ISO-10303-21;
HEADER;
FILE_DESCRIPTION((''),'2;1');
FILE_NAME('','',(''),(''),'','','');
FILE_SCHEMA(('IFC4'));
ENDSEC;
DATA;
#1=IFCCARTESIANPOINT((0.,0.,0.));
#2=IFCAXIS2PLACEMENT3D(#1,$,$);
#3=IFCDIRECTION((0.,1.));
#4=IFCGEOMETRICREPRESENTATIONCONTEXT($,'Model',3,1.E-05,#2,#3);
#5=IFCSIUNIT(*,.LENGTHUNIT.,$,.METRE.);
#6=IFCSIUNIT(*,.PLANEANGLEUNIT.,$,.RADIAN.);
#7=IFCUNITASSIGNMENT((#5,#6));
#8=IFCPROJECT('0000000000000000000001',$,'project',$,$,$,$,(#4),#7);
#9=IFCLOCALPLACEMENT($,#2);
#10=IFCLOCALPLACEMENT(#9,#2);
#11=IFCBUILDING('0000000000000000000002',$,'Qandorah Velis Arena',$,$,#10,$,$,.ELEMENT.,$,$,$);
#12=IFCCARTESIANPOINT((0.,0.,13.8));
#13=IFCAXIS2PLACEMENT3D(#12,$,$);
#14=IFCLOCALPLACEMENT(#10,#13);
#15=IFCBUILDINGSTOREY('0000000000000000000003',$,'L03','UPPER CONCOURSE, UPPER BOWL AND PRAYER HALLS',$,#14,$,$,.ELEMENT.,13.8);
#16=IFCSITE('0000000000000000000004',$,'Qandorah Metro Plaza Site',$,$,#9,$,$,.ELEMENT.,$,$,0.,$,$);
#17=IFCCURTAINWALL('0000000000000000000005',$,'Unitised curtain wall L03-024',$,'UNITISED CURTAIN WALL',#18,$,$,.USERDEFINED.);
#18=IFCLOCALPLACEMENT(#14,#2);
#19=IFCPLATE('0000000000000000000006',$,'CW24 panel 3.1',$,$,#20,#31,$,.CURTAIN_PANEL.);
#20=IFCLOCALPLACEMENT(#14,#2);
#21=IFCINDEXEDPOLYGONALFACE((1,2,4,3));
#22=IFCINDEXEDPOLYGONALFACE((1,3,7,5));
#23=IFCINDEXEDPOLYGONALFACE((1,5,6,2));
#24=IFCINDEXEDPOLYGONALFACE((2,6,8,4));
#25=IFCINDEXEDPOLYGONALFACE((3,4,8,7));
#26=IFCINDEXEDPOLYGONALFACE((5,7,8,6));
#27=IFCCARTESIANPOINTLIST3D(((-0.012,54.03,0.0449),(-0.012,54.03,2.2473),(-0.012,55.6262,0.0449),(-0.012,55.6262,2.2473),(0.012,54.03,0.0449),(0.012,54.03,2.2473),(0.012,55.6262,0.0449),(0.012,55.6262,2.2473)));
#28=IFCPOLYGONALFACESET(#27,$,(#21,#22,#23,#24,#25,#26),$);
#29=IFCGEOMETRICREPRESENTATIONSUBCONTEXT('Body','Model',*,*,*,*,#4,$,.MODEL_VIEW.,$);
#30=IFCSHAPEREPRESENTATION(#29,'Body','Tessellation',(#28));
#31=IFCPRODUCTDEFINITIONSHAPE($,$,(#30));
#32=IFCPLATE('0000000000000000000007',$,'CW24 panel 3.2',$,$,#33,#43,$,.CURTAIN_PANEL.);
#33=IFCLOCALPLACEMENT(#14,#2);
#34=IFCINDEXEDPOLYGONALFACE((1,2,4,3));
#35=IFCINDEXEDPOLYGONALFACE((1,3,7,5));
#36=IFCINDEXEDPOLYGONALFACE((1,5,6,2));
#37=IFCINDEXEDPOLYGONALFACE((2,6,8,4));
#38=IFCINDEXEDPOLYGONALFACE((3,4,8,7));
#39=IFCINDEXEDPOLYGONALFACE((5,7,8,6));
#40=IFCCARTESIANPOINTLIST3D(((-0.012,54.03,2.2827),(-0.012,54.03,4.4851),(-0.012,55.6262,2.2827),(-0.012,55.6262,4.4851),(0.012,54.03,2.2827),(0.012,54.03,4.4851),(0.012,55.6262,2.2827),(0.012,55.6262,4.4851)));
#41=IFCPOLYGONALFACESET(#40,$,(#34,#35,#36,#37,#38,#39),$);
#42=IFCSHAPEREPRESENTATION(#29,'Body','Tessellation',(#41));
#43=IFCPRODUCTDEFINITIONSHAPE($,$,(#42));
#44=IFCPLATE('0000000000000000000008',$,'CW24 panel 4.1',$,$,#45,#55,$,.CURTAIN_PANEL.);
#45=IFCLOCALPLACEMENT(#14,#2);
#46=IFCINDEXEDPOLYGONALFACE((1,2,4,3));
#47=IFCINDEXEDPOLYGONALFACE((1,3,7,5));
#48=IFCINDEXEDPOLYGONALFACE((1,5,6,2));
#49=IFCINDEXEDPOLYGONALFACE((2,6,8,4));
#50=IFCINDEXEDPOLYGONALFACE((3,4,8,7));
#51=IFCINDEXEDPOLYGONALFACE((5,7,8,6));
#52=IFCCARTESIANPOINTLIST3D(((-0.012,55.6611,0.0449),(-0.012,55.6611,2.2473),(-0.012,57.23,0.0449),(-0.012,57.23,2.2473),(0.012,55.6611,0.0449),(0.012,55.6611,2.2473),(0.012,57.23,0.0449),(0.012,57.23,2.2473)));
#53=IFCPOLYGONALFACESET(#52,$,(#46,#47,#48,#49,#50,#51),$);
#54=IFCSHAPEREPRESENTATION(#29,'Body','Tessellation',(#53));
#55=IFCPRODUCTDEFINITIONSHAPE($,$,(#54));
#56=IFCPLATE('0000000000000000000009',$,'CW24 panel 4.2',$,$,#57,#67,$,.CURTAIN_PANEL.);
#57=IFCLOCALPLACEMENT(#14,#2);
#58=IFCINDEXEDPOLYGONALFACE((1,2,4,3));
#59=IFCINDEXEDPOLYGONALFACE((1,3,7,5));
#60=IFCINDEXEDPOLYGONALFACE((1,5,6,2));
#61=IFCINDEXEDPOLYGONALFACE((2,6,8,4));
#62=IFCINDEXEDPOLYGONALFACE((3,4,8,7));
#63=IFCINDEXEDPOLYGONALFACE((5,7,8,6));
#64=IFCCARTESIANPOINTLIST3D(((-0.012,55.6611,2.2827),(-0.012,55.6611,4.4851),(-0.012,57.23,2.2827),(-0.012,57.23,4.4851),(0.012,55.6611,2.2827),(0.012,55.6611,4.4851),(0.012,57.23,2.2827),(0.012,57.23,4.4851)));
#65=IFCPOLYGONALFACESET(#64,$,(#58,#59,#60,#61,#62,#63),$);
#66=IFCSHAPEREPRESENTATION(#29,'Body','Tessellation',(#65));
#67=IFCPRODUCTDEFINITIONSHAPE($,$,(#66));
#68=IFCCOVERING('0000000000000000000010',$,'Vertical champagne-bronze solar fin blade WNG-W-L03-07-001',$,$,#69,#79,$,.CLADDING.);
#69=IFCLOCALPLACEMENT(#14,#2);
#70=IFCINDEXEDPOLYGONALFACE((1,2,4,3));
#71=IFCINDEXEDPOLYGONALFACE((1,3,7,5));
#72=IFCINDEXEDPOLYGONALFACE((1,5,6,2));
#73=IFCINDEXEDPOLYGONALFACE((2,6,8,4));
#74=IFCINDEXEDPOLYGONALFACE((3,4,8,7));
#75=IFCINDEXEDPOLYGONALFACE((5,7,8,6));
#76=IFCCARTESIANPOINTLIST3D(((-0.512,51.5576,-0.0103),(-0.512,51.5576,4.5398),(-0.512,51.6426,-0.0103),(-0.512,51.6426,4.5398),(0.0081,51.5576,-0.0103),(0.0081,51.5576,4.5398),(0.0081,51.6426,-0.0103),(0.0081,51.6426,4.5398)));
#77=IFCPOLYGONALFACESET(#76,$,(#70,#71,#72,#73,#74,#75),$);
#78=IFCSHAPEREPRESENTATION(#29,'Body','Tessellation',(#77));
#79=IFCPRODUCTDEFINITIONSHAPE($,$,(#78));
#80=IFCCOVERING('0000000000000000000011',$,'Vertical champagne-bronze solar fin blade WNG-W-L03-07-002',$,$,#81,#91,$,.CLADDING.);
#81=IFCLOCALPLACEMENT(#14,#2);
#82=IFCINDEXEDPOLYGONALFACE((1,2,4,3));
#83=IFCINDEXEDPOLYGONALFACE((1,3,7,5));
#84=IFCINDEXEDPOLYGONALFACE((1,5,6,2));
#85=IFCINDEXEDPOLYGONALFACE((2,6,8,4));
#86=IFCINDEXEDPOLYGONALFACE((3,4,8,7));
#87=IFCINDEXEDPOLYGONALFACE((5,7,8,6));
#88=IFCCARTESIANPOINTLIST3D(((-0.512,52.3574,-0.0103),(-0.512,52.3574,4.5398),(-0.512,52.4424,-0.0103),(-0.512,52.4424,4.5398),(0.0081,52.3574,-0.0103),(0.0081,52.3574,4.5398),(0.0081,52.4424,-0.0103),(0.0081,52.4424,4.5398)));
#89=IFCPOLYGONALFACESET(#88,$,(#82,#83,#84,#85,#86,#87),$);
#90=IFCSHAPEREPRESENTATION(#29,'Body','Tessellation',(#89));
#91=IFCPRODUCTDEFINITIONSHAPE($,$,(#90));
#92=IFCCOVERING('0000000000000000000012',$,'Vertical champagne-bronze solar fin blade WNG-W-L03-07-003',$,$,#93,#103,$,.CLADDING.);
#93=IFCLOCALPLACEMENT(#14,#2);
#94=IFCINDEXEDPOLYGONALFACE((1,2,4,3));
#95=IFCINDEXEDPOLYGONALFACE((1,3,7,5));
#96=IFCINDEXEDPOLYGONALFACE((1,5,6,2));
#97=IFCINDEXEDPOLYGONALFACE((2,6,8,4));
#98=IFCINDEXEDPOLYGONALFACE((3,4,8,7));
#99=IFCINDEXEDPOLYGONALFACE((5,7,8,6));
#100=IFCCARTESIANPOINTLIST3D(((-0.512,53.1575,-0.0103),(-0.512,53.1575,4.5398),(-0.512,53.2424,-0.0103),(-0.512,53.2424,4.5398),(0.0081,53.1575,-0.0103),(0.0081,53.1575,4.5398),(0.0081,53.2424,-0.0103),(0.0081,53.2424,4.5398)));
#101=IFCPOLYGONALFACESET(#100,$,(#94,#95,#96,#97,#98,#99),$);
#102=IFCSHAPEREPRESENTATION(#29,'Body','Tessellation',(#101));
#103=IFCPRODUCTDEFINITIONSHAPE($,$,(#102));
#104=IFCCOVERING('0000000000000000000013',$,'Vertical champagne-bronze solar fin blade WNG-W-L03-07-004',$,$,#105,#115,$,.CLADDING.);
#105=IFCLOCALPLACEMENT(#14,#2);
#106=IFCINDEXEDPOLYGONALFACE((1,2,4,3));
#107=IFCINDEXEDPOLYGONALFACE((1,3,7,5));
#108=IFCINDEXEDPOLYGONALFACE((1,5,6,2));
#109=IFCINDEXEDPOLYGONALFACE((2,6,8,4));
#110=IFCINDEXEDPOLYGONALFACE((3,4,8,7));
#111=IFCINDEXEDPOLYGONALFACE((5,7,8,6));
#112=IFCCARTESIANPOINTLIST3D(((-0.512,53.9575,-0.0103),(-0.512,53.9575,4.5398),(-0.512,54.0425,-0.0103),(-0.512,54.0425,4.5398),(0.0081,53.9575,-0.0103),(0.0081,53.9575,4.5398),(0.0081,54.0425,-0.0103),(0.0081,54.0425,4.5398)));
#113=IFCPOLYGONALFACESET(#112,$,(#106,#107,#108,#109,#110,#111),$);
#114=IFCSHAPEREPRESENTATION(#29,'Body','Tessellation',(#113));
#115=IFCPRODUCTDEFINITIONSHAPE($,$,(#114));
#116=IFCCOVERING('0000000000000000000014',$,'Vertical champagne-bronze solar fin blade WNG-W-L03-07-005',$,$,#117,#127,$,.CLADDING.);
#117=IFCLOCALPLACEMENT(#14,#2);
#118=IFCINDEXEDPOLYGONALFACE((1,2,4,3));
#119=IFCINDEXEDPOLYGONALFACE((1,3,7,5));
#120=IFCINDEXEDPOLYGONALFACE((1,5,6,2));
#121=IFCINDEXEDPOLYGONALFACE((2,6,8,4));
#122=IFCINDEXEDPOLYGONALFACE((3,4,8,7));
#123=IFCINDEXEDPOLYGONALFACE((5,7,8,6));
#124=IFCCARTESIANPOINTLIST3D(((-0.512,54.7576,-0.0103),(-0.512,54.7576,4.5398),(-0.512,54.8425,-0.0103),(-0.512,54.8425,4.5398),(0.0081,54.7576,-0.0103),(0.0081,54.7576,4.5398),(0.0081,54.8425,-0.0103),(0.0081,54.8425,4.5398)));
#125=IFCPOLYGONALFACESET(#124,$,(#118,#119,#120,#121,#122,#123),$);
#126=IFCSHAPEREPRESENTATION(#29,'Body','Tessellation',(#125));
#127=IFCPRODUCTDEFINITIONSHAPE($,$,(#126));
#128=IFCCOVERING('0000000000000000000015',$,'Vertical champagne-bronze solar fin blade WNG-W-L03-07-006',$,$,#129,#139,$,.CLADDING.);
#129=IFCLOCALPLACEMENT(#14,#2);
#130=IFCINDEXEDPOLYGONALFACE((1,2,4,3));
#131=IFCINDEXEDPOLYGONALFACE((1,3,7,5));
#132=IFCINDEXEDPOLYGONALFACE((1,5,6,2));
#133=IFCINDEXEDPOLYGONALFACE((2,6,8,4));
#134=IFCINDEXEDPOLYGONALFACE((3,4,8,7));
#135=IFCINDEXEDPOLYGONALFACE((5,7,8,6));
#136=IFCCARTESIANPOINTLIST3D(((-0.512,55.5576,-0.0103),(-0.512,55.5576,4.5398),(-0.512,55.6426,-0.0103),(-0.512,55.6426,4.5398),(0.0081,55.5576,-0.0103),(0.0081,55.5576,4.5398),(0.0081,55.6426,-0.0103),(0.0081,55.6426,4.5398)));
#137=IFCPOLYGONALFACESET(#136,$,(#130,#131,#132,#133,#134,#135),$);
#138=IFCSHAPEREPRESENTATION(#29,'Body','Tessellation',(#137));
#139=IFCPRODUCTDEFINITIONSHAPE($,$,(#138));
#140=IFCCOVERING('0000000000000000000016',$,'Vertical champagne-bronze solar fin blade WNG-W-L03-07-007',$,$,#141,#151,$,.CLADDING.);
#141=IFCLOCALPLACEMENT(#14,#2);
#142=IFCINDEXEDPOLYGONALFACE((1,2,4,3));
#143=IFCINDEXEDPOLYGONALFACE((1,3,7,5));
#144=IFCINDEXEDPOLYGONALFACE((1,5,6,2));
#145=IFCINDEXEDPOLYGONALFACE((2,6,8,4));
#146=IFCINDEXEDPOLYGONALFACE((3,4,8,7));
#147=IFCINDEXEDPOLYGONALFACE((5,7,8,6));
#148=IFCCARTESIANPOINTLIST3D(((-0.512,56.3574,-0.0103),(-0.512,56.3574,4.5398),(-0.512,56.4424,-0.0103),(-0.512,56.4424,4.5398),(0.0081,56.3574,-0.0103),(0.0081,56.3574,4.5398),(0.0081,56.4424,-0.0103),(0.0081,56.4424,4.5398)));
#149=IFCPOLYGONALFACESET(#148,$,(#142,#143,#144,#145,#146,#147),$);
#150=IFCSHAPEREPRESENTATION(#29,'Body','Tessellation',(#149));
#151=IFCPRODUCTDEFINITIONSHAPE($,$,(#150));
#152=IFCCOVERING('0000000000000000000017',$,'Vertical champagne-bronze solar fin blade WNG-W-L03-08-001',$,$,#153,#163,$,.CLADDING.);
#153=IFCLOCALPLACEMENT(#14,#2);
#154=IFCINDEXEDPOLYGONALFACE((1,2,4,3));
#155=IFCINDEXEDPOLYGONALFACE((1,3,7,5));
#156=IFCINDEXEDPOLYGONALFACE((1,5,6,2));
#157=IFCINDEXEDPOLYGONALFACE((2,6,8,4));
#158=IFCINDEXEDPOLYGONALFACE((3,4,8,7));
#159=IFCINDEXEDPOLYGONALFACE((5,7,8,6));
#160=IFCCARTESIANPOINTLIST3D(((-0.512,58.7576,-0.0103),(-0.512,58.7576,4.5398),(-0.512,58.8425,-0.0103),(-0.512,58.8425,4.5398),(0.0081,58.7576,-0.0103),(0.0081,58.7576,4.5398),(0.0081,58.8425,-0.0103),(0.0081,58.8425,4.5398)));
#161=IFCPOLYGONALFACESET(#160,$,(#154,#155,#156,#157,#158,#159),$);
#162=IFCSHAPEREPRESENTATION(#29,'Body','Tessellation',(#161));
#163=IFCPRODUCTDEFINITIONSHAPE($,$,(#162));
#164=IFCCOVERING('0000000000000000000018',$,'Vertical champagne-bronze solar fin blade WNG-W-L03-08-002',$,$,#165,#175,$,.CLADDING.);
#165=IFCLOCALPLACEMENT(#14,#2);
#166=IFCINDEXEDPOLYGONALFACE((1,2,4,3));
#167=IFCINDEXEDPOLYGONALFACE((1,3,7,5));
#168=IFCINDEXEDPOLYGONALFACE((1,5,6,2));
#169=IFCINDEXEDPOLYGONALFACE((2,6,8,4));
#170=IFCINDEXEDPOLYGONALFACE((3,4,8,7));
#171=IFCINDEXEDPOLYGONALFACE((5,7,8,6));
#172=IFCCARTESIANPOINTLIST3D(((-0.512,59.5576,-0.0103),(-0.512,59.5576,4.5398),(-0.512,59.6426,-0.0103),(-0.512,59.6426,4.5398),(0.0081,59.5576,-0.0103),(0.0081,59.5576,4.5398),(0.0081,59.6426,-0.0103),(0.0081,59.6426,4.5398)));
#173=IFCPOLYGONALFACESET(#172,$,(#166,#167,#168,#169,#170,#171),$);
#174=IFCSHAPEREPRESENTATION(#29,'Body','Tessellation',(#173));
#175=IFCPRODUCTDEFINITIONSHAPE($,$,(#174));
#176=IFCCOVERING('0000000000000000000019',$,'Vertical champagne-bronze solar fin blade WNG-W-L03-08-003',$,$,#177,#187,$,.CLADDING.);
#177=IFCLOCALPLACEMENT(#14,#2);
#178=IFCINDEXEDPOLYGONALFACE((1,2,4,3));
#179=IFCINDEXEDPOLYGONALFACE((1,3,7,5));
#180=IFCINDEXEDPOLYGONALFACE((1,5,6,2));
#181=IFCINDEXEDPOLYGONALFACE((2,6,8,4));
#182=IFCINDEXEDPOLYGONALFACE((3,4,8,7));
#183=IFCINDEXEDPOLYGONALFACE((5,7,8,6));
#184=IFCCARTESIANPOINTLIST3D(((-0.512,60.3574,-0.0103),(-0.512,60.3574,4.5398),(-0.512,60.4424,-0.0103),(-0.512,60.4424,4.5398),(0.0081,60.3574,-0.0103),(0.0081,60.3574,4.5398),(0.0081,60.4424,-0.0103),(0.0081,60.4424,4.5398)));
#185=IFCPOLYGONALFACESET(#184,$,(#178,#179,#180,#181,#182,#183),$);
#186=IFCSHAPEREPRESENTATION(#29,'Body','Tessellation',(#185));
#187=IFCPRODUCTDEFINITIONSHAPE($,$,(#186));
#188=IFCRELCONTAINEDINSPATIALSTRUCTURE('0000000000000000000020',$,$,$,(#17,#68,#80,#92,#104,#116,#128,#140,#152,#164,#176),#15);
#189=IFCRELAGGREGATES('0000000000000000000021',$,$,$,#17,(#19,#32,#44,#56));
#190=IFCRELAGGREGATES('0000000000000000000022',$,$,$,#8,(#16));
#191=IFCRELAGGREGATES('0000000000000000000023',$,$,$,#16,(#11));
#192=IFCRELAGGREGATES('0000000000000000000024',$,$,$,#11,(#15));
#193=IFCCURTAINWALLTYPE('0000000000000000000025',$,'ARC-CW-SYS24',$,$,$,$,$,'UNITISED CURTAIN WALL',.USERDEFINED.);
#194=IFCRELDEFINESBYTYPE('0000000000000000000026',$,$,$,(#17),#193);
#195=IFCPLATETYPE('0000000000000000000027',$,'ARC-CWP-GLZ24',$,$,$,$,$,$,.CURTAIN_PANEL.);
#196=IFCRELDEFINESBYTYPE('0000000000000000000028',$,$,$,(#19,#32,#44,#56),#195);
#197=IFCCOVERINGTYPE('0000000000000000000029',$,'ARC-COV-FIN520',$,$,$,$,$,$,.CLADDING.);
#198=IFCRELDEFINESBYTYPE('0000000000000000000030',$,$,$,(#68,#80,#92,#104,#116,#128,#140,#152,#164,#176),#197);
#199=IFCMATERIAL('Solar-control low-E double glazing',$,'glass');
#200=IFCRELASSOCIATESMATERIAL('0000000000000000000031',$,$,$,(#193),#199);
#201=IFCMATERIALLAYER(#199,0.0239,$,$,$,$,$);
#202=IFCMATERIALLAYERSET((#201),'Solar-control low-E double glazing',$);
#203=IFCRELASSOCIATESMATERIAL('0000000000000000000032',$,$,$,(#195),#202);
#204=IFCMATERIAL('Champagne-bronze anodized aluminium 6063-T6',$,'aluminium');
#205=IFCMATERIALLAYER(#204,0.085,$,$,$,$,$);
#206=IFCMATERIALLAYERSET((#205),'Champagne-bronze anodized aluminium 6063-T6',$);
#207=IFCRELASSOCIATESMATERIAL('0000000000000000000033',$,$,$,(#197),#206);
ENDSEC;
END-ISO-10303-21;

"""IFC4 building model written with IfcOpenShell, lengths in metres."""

from ifc_helpers import new_model, si_unit, direction, frame, origin, origin_2d, place, context, subcontext, project, spatial, rectangle, extrude, material, layer, layer_set, type_object, element, aggregate, save


model = new_model("IFC4")

# Units and contexts
model_context = context("Model", 3, precision=1e-05, world=origin(), true_north=direction((0.0, 1.0)))
body_context = subcontext(model_context, "Body", "Model", "MODEL_VIEW")
ifc_project = project(units=[si_unit("LENGTHUNIT", "METRE"), si_unit("PLANEANGLEUNIT", "RADIAN")], contexts=[model_context])

# Site, building, storey
site_placement = place(None, origin())
site = spatial("IfcSite", under=ifc_project, at=site_placement, Name="Qandorah Metro Plaza Site", CompositionType="ELEMENT", RefElevation=0.0)
building_placement = place(site_placement, origin())
building = spatial("IfcBuilding", under=site, at=building_placement, Name="Qandorah Velis Arena", CompositionType="ELEMENT")
storey_placement = place(building_placement, frame((0.0, 0.0, 13.8)))
storey = spatial("IfcBuildingStorey", under=building, at=storey_placement, Name="L03", Description="UPPER CONCOURSE, UPPER BOWL AND PRAYER HALLS", CompositionType="ELEMENT", Elevation=13.8)

# Curtain wall
ifc_material_1 = material(Name="Solar-control low-E double glazing", Category="glass")
curtain_wall_type = type_object("IfcCurtainWallType", Name="ARC-CW-SYS24", ElementType="UNITISED CURTAIN WALL", PredefinedType="USERDEFINED", material=ifc_material_1)
curtain_wall_placement = place(storey_placement, origin())
curtain_wall = element("IfcCurtainWall", 1, at=curtain_wall_placement, inside=storey, type_object=curtain_wall_type, Name="Unitised curtain wall L03-024", ObjectType="UNITISED CURTAIN WALL", PredefinedType="USERDEFINED")
ifc_material_2 = material(Name="Champagne-bronze anodized aluminium 6063-T6", Category="aluminium")

# Plates
ifc_layer_1 = layer(ifc_material_1, 0.0239)
ifc_layer_set_1 = layer_set([ifc_layer_1], Name="Solar-control low-E double glazing")
plate_type = type_object("IfcPlateType", Name="ARC-CWP-GLZ24", PredefinedType="CURTAIN_PANEL", material=ifc_layer_set_1)
plate_1_placement = place(storey_placement, frame((0.0, 54.8281, 0.0449), z_axis=(0.0, 0.0, 1.0), x_axis=(0.0, 1.0, 0.0)))
plate_1 = element("IfcPlate", 2, at=plate_1_placement, type_object=plate_type, Name="CW24 panel 3.1", PredefinedType="CURTAIN_PANEL", context=body_context, shape_type="SweptSolid", body=[
    extrude(rectangle(XDim=1.5962, YDim=0.0239, at=origin_2d()), origin(), (0.0, 0.0, 1.0), 2.2024),
])
plate_2_placement = place(storey_placement, frame((0.0, 54.8281, 2.2827), z_axis=(0.0, 0.0, 1.0), x_axis=(0.0, 1.0, 0.0)))
plate_2 = element("IfcPlate", 3, at=plate_2_placement, type_object=plate_type, Name="CW24 panel 3.2", PredefinedType="CURTAIN_PANEL", context=body_context, shape_type="SweptSolid", body=[
    extrude(rectangle(XDim=1.5962, YDim=0.0239, at=origin_2d()), origin(), (0.0, 0.0, 1.0), 2.2024),
])
plate_3_placement = place(storey_placement, frame((0.0, 56.4456, 0.0449), z_axis=(0.0, 0.0, 1.0), x_axis=(0.0, 1.0, 0.0)))
plate_3 = element("IfcPlate", 4, at=plate_3_placement, type_object=plate_type, Name="CW24 panel 4.1", PredefinedType="CURTAIN_PANEL", context=body_context, shape_type="SweptSolid", body=[
    extrude(rectangle(XDim=1.5688, YDim=0.0239, at=origin_2d()), origin(), (0.0, 0.0, 1.0), 2.2024),
])
plate_4_placement = place(storey_placement, frame((0.0, 56.4456, 2.2827), z_axis=(0.0, 0.0, 1.0), x_axis=(0.0, 1.0, 0.0)))
plate_4 = element("IfcPlate", 5, at=plate_4_placement, type_object=plate_type, Name="CW24 panel 4.2", PredefinedType="CURTAIN_PANEL", context=body_context, shape_type="SweptSolid", body=[
    extrude(rectangle(XDim=1.5688, YDim=0.0239, at=origin_2d()), origin(), (0.0, 0.0, 1.0), 2.2024),
])
aggregate(curtain_wall, [plate_1, plate_2, plate_3, plate_4])

# Coverings
ifc_layer_2 = layer(ifc_material_2, 0.085)
ifc_layer_set_2 = layer_set([ifc_layer_2], Name="Champagne-bronze anodized aluminium 6063-T6")
covering_type = type_object("IfcCoveringType", Name="ARC-COV-FIN520", PredefinedType="CLADDING", material=ifc_layer_set_2)
for number, where, z_axis, x_axis, name in (
    (6, (-0.252, 51.6001, -0.0103), (0.0, 0.0, 1.0), (1.0, 0.0, 0.0), "Vertical champagne-bronze solar fin blade WNG-W-L03-07-001"),
    (7, (-0.252, 52.3999, -0.0103), (0.0, 0.0, 1.0), (1.0, 0.0, 0.0), "Vertical champagne-bronze solar fin blade WNG-W-L03-07-002"),
    (8, (-0.252, 53.2, -0.0103), (0.0, 0.0, 1.0), (1.0, 0.0, 0.0), "Vertical champagne-bronze solar fin blade WNG-W-L03-07-003"),
    (9, (-0.252, 54.0, -0.0103), (0.0, 0.0, 1.0), (1.0, 0.0, 0.0), "Vertical champagne-bronze solar fin blade WNG-W-L03-07-004"),
    (10, (-0.252, 54.8, -0.0103), (0.0, 0.0, 1.0), (1.0, 0.0, 0.0), "Vertical champagne-bronze solar fin blade WNG-W-L03-07-005"),
    (11, (-0.252, 55.6001, -0.0103), (0.0, 0.0, 1.0), (1.0, 0.0, 0.0), "Vertical champagne-bronze solar fin blade WNG-W-L03-07-006"),
    (12, (-0.252, 56.3999, -0.0103), (0.0, 0.0, 1.0), (1.0, 0.0, 0.0), "Vertical champagne-bronze solar fin blade WNG-W-L03-07-007"),
    (13, (-0.252, 58.8, -0.0103), (0.0, 0.0, 1.0), (1.0, 0.0, 0.0), "Vertical champagne-bronze solar fin blade WNG-W-L03-08-001"),
    (14, (-0.252, 59.6001, -0.0103), (0.0, 0.0, 1.0), (1.0, 0.0, 0.0), "Vertical champagne-bronze solar fin blade WNG-W-L03-08-002"),
    (15, (-0.252, 60.3999, -0.0103), (0.0, 0.0, 1.0), (1.0, 0.0, 0.0), "Vertical champagne-bronze solar fin blade WNG-W-L03-08-003"),
):
    element("IfcCovering", number, at=place(storey_placement, frame(where, z_axis=z_axis, x_axis=x_axis)), inside=storey, type_object=covering_type, Name=name, PredefinedType="CLADDING", context=body_context, shape_type="SweptSolid", body=[
        extrude(rectangle(XDim=0.52, YDim=0.085, at=origin_2d()), origin(), (0.0, 0.0, 1.0), 4.55),
    ])

save(model, "model.ifc")
